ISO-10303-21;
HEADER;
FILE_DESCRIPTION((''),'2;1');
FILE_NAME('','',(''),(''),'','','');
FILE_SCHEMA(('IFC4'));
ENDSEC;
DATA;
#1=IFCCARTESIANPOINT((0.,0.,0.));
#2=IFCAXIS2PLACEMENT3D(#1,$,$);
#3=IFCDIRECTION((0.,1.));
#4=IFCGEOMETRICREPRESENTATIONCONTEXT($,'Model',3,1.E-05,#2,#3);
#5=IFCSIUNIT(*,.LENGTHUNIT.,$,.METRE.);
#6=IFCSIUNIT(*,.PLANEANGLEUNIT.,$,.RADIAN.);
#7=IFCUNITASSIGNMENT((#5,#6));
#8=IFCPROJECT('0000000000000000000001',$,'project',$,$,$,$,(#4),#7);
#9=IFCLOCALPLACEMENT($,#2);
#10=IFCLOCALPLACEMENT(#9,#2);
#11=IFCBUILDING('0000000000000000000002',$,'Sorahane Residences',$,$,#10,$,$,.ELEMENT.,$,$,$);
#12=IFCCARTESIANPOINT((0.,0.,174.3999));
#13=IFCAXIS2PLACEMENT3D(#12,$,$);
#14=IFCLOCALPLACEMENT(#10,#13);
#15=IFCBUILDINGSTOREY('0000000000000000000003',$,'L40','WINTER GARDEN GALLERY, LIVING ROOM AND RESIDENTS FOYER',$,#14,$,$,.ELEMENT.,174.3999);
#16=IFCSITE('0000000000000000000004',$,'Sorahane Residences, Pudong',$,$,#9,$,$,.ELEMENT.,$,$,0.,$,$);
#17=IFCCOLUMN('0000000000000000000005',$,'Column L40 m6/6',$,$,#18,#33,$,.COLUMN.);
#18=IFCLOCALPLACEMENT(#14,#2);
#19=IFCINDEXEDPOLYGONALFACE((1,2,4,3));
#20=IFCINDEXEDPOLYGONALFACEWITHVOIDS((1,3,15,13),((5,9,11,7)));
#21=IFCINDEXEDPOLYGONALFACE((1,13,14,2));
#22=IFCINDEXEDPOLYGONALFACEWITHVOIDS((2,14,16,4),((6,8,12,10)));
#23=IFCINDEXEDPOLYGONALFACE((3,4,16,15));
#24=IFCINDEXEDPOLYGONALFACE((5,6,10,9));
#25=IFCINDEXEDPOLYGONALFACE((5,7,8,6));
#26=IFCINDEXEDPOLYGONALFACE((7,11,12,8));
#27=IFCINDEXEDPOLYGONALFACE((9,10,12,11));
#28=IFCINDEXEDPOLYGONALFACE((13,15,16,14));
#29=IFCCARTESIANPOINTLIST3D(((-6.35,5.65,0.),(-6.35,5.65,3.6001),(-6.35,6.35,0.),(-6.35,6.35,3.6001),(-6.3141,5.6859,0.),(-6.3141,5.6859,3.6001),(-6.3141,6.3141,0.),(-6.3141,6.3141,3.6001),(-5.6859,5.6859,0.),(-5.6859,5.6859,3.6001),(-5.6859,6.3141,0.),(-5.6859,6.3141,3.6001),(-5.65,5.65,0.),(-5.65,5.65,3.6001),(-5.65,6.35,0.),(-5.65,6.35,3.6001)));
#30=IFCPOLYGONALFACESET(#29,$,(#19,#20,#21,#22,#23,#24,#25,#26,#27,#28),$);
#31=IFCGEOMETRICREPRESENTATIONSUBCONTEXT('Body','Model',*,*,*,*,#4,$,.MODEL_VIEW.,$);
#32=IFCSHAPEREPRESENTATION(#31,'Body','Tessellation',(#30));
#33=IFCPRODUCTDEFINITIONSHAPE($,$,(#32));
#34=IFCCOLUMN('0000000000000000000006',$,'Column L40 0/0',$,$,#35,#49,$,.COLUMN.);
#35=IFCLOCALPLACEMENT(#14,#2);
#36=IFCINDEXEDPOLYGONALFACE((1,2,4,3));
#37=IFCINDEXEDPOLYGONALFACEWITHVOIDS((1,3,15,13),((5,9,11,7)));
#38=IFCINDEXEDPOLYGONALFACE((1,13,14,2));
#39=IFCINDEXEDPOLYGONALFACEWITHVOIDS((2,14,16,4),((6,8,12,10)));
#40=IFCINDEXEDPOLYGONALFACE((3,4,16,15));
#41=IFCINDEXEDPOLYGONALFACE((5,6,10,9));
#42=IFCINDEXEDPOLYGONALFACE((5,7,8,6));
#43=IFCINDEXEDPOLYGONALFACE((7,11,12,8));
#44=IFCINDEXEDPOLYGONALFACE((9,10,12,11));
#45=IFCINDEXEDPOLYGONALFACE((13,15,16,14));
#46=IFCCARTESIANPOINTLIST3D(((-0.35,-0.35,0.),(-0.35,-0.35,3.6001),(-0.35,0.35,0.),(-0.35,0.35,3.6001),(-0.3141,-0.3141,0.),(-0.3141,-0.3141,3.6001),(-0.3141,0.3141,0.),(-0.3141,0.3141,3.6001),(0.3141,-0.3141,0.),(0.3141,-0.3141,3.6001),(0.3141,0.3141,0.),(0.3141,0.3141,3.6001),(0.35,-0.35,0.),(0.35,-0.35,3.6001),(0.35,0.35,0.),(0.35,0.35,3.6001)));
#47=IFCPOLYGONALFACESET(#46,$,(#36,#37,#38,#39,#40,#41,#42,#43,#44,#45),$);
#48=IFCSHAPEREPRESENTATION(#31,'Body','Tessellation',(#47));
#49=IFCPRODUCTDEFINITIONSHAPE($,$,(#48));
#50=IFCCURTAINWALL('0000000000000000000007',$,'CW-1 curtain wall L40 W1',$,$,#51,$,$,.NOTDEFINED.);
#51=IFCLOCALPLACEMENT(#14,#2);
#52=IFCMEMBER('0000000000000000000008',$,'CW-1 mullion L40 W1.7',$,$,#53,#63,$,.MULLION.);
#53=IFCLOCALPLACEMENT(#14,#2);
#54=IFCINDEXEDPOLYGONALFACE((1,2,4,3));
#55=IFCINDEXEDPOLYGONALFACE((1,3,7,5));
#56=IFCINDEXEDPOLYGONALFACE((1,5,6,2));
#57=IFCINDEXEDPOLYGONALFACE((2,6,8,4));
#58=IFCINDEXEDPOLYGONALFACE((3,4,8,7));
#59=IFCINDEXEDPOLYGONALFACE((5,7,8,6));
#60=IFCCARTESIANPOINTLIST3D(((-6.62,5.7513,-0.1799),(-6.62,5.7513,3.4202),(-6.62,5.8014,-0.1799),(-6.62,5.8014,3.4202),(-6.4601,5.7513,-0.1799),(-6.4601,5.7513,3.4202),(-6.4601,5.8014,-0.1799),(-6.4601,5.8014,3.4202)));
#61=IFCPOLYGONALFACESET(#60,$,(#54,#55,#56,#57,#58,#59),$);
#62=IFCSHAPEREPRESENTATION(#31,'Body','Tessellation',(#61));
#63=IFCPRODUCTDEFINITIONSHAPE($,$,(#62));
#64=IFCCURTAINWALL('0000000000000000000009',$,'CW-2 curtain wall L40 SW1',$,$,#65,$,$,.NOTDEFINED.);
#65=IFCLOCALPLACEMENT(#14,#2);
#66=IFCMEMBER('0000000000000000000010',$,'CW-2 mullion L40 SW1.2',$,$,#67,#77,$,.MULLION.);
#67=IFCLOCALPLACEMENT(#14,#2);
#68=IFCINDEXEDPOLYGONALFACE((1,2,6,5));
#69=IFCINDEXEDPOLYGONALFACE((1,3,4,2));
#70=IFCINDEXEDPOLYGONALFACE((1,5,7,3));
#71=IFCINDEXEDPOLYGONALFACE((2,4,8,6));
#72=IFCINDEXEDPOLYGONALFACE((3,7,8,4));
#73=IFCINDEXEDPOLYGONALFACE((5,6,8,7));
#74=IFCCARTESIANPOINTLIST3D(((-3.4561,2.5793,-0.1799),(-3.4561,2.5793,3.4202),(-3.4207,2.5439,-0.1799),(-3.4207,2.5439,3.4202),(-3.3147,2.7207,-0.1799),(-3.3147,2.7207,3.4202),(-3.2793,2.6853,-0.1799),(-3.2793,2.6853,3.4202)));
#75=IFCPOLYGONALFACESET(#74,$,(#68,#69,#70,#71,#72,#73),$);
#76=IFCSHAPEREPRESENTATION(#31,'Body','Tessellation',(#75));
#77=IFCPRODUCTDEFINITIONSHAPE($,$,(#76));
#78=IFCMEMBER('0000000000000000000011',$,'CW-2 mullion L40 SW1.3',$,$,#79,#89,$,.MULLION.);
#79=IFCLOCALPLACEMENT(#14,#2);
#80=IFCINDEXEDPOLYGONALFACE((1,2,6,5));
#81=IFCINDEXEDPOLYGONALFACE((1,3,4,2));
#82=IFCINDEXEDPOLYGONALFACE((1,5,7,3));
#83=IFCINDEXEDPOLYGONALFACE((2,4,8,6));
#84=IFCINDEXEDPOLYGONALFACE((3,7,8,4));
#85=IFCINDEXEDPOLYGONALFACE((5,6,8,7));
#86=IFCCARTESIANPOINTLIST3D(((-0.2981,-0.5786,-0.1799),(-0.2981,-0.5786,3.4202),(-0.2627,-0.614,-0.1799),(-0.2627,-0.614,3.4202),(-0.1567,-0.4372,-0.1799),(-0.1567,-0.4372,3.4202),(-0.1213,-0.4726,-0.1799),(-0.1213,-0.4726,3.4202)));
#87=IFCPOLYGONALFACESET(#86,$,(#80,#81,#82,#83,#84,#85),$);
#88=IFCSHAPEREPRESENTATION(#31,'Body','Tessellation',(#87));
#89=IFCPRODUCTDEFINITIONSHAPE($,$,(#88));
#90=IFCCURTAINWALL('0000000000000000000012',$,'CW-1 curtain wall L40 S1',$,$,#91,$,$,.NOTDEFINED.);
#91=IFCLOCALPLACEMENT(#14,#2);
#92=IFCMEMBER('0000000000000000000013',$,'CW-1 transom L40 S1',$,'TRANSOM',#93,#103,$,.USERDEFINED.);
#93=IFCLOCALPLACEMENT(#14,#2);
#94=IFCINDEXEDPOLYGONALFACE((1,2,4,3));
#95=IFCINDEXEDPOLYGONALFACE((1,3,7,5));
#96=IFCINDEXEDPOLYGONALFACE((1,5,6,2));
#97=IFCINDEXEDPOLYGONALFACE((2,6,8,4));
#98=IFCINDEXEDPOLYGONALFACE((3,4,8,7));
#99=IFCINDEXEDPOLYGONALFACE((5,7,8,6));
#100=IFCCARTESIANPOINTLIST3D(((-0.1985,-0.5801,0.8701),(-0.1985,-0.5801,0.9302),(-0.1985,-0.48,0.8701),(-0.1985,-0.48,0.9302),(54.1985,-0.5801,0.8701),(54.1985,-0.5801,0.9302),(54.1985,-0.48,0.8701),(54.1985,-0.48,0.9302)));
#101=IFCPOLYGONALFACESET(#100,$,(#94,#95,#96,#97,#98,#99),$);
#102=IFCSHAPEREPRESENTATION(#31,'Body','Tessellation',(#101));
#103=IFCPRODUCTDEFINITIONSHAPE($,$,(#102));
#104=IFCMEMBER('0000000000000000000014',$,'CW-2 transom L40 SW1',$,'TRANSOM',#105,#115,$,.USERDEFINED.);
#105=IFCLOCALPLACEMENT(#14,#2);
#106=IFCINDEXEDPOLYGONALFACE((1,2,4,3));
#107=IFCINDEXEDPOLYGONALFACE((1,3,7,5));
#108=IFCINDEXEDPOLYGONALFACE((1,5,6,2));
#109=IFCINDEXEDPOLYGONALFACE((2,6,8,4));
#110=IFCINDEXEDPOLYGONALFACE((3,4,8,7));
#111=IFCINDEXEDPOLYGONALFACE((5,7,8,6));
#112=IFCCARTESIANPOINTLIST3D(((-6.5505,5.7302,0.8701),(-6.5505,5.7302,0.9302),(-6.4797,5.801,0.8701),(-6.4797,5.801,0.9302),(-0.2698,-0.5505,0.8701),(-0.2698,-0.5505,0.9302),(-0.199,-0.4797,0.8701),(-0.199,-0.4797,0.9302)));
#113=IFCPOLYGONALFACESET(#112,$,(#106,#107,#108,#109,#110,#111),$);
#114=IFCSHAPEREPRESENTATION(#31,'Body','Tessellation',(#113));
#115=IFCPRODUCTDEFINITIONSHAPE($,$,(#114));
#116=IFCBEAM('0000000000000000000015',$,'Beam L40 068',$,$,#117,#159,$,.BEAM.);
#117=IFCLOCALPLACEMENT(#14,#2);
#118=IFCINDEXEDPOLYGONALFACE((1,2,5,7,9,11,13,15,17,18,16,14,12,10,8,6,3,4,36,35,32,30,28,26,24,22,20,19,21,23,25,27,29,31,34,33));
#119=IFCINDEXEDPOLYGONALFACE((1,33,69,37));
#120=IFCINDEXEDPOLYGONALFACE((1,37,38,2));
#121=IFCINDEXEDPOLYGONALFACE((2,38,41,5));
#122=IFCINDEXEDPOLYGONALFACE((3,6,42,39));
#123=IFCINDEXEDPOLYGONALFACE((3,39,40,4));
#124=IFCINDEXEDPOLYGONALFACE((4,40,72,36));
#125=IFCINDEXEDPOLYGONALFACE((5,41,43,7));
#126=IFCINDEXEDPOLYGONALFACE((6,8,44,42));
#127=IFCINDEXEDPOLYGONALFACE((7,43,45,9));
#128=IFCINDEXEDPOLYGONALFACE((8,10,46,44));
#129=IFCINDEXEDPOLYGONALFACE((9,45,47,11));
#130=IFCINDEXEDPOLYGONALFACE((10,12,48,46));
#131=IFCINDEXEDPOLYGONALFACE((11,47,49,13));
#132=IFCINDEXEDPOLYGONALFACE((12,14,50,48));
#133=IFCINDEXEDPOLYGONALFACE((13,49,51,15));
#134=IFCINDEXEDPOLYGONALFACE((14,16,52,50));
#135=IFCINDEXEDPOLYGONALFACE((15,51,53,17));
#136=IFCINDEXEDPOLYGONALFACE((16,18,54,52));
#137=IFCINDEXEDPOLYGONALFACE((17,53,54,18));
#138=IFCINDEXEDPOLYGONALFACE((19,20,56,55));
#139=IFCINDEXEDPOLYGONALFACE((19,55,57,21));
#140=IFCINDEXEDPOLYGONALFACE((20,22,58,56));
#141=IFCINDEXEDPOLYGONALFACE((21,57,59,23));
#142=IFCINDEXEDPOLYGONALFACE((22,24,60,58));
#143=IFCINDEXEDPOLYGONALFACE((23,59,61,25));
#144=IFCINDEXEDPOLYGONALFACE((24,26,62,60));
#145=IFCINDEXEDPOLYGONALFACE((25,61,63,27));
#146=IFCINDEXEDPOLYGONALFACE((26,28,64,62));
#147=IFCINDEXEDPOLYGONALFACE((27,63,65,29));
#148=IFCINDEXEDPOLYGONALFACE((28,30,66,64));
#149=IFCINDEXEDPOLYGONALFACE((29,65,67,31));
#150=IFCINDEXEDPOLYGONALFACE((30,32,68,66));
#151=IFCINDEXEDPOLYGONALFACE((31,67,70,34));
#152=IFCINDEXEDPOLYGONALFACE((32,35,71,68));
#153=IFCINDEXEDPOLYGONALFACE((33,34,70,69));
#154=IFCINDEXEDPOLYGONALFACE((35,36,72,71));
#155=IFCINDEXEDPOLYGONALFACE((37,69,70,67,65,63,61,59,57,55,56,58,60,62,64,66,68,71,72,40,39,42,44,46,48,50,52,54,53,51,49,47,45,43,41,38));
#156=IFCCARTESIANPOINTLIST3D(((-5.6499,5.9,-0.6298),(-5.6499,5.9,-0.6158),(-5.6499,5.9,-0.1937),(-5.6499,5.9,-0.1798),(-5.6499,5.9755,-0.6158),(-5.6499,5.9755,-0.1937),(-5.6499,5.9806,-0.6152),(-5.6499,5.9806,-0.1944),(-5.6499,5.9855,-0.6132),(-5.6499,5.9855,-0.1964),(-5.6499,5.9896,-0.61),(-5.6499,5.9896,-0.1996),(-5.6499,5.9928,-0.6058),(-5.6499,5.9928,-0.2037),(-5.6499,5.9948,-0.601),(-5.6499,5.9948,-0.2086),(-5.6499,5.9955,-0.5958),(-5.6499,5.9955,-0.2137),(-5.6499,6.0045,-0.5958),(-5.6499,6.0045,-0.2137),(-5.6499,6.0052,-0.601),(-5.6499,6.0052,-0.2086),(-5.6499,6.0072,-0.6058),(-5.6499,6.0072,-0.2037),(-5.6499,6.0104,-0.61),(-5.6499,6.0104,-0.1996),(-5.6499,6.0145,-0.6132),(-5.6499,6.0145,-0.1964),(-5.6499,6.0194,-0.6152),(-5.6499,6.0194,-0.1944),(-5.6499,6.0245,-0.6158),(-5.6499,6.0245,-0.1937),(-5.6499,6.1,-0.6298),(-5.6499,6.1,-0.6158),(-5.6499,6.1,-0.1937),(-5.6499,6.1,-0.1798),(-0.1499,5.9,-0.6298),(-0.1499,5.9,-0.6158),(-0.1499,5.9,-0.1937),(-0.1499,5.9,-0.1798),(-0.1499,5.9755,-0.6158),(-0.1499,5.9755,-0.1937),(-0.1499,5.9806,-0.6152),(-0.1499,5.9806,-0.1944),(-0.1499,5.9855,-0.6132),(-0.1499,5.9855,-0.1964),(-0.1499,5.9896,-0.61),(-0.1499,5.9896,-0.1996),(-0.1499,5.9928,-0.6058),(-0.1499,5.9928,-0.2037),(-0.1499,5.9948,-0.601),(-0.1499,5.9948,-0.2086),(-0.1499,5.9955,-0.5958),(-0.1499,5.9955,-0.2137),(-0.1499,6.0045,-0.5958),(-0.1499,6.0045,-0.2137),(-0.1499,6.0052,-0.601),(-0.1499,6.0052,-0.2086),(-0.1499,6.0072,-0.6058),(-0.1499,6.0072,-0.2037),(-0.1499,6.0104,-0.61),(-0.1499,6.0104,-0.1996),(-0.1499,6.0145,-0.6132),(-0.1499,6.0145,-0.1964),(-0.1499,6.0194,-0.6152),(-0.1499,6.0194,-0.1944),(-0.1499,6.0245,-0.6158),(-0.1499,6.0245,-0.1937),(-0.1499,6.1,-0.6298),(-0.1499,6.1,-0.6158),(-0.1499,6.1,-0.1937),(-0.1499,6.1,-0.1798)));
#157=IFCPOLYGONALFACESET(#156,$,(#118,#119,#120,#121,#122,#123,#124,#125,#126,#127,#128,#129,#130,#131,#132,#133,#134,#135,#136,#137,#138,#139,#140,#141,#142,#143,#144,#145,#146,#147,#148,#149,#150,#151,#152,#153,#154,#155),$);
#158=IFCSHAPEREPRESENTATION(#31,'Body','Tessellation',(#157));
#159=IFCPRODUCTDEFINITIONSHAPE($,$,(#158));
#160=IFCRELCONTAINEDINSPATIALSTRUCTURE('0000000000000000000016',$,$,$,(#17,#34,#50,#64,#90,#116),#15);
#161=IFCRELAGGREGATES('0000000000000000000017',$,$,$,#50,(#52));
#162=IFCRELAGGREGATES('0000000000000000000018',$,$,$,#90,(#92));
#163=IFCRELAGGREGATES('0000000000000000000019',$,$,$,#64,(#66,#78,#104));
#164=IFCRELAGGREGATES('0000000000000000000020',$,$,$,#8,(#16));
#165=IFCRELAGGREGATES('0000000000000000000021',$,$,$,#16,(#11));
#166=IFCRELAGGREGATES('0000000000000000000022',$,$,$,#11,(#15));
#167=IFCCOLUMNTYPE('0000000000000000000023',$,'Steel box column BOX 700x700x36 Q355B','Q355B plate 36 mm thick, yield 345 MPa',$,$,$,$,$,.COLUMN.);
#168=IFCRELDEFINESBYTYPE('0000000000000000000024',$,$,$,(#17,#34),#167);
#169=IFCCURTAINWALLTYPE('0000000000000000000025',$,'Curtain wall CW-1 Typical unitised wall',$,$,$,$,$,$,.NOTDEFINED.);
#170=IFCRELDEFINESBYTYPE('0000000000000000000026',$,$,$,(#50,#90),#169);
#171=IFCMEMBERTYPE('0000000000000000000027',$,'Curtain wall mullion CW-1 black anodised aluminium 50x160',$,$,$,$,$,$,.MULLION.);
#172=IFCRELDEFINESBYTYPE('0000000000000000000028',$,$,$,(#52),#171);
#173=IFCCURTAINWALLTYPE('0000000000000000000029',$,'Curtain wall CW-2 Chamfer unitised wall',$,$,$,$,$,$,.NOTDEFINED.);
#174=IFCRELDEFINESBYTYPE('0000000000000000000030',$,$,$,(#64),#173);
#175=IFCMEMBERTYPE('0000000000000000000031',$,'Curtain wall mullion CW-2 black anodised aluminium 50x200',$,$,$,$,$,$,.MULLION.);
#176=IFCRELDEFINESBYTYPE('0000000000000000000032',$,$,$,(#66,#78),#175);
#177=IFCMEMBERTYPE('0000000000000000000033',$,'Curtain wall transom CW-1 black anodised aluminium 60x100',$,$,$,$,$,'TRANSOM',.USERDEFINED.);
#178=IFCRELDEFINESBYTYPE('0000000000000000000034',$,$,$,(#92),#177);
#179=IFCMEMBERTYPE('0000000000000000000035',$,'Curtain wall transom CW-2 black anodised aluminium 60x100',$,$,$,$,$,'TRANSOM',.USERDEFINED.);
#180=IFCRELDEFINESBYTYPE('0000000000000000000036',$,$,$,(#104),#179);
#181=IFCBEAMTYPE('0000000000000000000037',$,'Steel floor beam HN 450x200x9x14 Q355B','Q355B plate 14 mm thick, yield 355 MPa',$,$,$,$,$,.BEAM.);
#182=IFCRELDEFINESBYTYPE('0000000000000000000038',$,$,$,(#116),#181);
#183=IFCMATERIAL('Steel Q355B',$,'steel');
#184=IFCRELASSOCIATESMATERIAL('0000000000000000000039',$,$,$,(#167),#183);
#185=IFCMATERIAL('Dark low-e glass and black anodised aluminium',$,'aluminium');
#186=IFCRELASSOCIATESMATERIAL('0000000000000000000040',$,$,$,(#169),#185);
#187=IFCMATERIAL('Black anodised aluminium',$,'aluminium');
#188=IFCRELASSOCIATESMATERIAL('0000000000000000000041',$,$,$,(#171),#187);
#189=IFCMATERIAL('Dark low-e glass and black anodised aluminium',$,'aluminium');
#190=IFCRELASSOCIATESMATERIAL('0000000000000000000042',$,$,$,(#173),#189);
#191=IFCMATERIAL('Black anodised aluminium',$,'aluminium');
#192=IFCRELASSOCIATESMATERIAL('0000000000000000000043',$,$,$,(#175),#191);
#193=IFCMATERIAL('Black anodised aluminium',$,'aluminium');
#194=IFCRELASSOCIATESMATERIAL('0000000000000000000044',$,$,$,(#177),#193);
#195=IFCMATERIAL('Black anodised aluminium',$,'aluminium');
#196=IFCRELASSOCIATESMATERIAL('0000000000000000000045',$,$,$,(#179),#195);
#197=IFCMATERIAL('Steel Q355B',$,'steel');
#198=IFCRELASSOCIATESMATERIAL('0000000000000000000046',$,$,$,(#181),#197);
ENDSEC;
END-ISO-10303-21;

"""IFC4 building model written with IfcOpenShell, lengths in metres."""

from ifc_helpers import new_model, si_unit, direction, frame, origin, origin_2d, place, context, subcontext, project, spatial, rectangle, hollow_rectangle, i_section, extrude, material, material_profile, profile_set, type_object, element, aggregate, save


model = new_model("IFC4")

# Units and contexts
model_context = context("Model", 3, precision=1e-05, world=origin(), true_north=direction((0.0, 1.0)))
body_context = subcontext(model_context, "Body", "Model", "MODEL_VIEW")
ifc_project = project(units=[si_unit("LENGTHUNIT", "METRE"), si_unit("PLANEANGLEUNIT", "RADIAN")], contexts=[model_context])

# Site, building, storey
site_placement = place(None, origin())
site = spatial("IfcSite", under=ifc_project, at=site_placement, Name="Sorahane Residences, Pudong", CompositionType="ELEMENT", RefElevation=0.0)
building_placement = place(site_placement, origin())
building = spatial("IfcBuilding", under=site, at=building_placement, Name="Sorahane Residences", CompositionType="ELEMENT")
storey_placement = place(building_placement, frame((0.0, 0.0, 174.3999)))
storey = spatial("IfcBuildingStorey", under=building, at=storey_placement, Name="L40", Description="WINTER GARDEN GALLERY, LIVING ROOM AND RESIDENTS FOYER", CompositionType="ELEMENT", Elevation=174.3999)

# Columns
ifc_material_1 = material(Name="Steel Q355B", Category="steel")
ifc_material_profile_1 = material_profile(ifc_material_1, hollow_rectangle(XDim=0.7, YDim=0.7, WallThickness=0.0359, at=origin_2d()), Name="BOX 700x700x36")
ifc_profile_set_1 = profile_set([ifc_material_profile_1], Name="Steel Q355B")
column_type = type_object("IfcColumnType", Name="Steel box column BOX 700x700x36 Q355B", Description="Q355B plate 36 mm thick, yield 345 MPa", PredefinedType="COLUMN", material=ifc_profile_set_1)
for number, where, z_axis, x_axis, name in (
    (1, (-6.0, 6.0, 0.0), (0.0, 0.0, 1.0), (1.0, 0.0, 0.0), "Column L40 m6/6"),
    (2, (0.0, 0.0, 0.0), (0.0, 0.0, 1.0), (1.0, 0.0, 0.0), "Column L40 0/0"),
):
    element("IfcColumn", number, at=place(storey_placement, frame(where, z_axis=z_axis, x_axis=x_axis)), inside=storey, type_object=column_type, Name=name, PredefinedType="COLUMN", context=body_context, shape_type="SweptSolid", body=[
        extrude(hollow_rectangle(XDim=0.7, YDim=0.7, WallThickness=0.0359, at=origin_2d()), origin(), (0.0, 0.0, 1.0), 3.6001),
    ])

# Curtain wall, member
ifc_material_2 = material(Name="Dark low-e glass and black anodised aluminium", Category="aluminium")
curtain_wall_type_1 = type_object("IfcCurtainWallType", Name="Curtain wall CW-1 Typical unitised wall", PredefinedType="NOTDEFINED", material=ifc_material_2)
curtain_wall_1_placement = place(storey_placement, origin())
curtain_wall_1 = element("IfcCurtainWall", 3, at=curtain_wall_1_placement, inside=storey, type_object=curtain_wall_type_1, Name="CW-1 curtain wall L40 W1", PredefinedType="NOTDEFINED")
ifc_material_3 = material(Name="Black anodised aluminium", Category="aluminium")
ifc_material_profile_2 = material_profile(ifc_material_3, rectangle(XDim=0.1599, YDim=0.05, at=origin_2d()), Name="Curtain wall mullion CW-1 black anodised aluminium 50x160")
ifc_profile_set_2 = profile_set([ifc_material_profile_2], Name="Black anodised aluminium")
member_type_1 = type_object("IfcMemberType", Name="Curtain wall mullion CW-1 black anodised aluminium 50x160", PredefinedType="MULLION", material=ifc_profile_set_2)
member_1_placement = place(storey_placement, frame((-6.54, 5.7764, -0.1799), z_axis=(0.0, 0.0, 1.0), x_axis=(-1.0, 0.0, 0.0)))
member_1 = element("IfcMember", 4, at=member_1_placement, type_object=member_type_1, Name="CW-1 mullion L40 W1.7", PredefinedType="MULLION", context=body_context, shape_type="SweptSolid", body=[
    extrude(rectangle(XDim=0.1599, YDim=0.05, at=origin_2d()), origin(), (0.0, 0.0, 1.0), 3.6001),
])
aggregate(curtain_wall_1, [member_1])

# Curtain wall, members
ifc_material_4 = material(Name="Dark low-e glass and black anodised aluminium", Category="aluminium")
curtain_wall_type_2 = type_object("IfcCurtainWallType", Name="Curtain wall CW-2 Chamfer unitised wall", PredefinedType="NOTDEFINED", material=ifc_material_4)
curtain_wall_2_placement = place(storey_placement, origin())
curtain_wall_2 = element("IfcCurtainWall", 5, at=curtain_wall_2_placement, inside=storey, type_object=curtain_wall_type_2, Name="CW-2 curtain wall L40 SW1", PredefinedType="NOTDEFINED")
ifc_material_5 = material(Name="Black anodised aluminium", Category="aluminium")
ifc_material_profile_3 = material_profile(ifc_material_5, rectangle(XDim=0.2, YDim=0.05, at=origin_2d()), Name="Curtain wall mullion CW-2 black anodised aluminium 50x200")
ifc_profile_set_3 = profile_set([ifc_material_profile_3], Name="Black anodised aluminium")
member_type_2 = type_object("IfcMemberType", Name="Curtain wall mullion CW-2 black anodised aluminium 50x200", PredefinedType="MULLION", material=ifc_profile_set_3)
member_2_placement = place(storey_placement, frame((-3.3677, 2.6323, -0.1799), z_axis=(0.0, 0.0, 1.0), x_axis=(-0.707107, -0.707107, 0.0)))
member_2 = element("IfcMember", 6, at=member_2_placement, type_object=member_type_2, Name="CW-2 mullion L40 SW1.2", PredefinedType="MULLION", context=body_context, shape_type="SweptSolid", body=[
    extrude(rectangle(XDim=0.2, YDim=0.05, at=origin_2d()), origin(), (0.0, 0.0, 1.0), 3.6001),
])
member_3_placement = place(storey_placement, frame((-0.2097, -0.5256, -0.1799), z_axis=(0.0, 0.0, 1.0), x_axis=(-0.707107, -0.707107, 0.0)))
member_3 = element("IfcMember", 7, at=member_3_placement, type_object=member_type_2, Name="CW-2 mullion L40 SW1.3", PredefinedType="MULLION", context=body_context, shape_type="SweptSolid", body=[
    extrude(rectangle(XDim=0.2, YDim=0.05, at=origin_2d()), origin(), (0.0, 0.0, 1.0), 3.6001),
])

# Curtain wall, member
curtain_wall_3_placement = place(storey_placement, origin())
curtain_wall_3 = element("IfcCurtainWall", 8, at=curtain_wall_3_placement, inside=storey, type_object=curtain_wall_type_1, Name="CW-1 curtain wall L40 S1", PredefinedType="NOTDEFINED")
ifc_material_6 = material(Name="Black anodised aluminium", Category="aluminium")
ifc_material_profile_4 = material_profile(ifc_material_6, rectangle(XDim=0.1001, YDim=0.0601, at=origin_2d()), Name="Curtain wall transom CW-1 black anodised aluminium 60x100")
ifc_profile_set_4 = profile_set([ifc_material_profile_4], Name="Black anodised aluminium")
member_type_3 = type_object("IfcMemberType", Name="Curtain wall transom CW-1 black anodised aluminium 60x100", ElementType="TRANSOM", PredefinedType="USERDEFINED", material=ifc_profile_set_4)
member_4_placement = place(storey_placement, frame((-0.1985, -0.53, 0.9001), z_axis=(1.0, 0.0, 0.0), x_axis=(0.0, 1.0, 0.0)))
member_4 = element("IfcMember", 9, at=member_4_placement, type_object=member_type_3, Name="CW-1 transom L40 S1", ObjectType="TRANSOM", PredefinedType="USERDEFINED", context=body_context, shape_type="SweptSolid", body=[
    extrude(rectangle(XDim=0.1001, YDim=0.0601, at=origin_2d()), origin(), (0.0, 0.0, 1.0), 54.397),
])

# Member
ifc_material_7 = material(Name="Black anodised aluminium", Category="aluminium")
ifc_material_profile_5 = material_profile(ifc_material_7, rectangle(XDim=0.1001, YDim=0.0601, at=origin_2d()), Name="Curtain wall transom CW-2 black anodised aluminium 60x100")
ifc_profile_set_5 = profile_set([ifc_material_profile_5], Name="Black anodised aluminium")
member_type_4 = type_object("IfcMemberType", Name="Curtain wall transom CW-2 black anodised aluminium 60x100", ElementType="TRANSOM", PredefinedType="USERDEFINED", material=ifc_profile_set_5)
member_5_placement = place(storey_placement, frame((-6.5151, 5.7656, 0.9001), z_axis=(0.707107, -0.707107, 0.0), x_axis=(0.707107, 0.707107, 0.0)))
member_5 = element("IfcMember", 10, at=member_5_placement, type_object=member_type_4, Name="CW-2 transom L40 SW1", ObjectType="TRANSOM", PredefinedType="USERDEFINED", context=body_context, shape_type="SweptSolid", body=[
    extrude(rectangle(XDim=0.1001, YDim=0.0601, at=origin_2d()), origin(), (0.0, 0.0, 1.0), 8.8823),
])

# Beam
ifc_material_8 = material(Name="Steel Q355B", Category="steel")
ifc_material_profile_6 = material_profile(ifc_material_8, i_section(OverallWidth=0.2, OverallDepth=0.45, WebThickness=0.009, FlangeThickness=0.0139, FilletRadius=0.02, at=origin_2d()), Name="HN 450x200x9x14")
ifc_profile_set_6 = profile_set([ifc_material_profile_6], Name="Steel Q355B")
beam_type_1 = type_object("IfcBeamType", Name="Steel floor beam HN 450x200x9x14 Q355B", Description="Q355B plate 14 mm thick, yield 355 MPa", PredefinedType="BEAM", material=ifc_profile_set_6)
beam_1_placement = place(storey_placement, frame((-5.6499, 6.0, -0.4048), z_axis=(1.0, 0.0, 0.0), x_axis=(0.0, 1.0, 0.0)))
element("IfcBeam", 11, at=beam_1_placement, inside=storey, type_object=beam_type_1, Name="Beam L40 068", PredefinedType="BEAM", context=body_context, shape_type="SweptSolid", body=[
    extrude(i_section(OverallWidth=0.2, OverallDepth=0.45, WebThickness=0.009, FlangeThickness=0.0139, FilletRadius=0.02, at=origin_2d()), origin(), (0.0, 0.0, 1.0), 5.5),
])

aggregate(curtain_wall_3, [member_4])
aggregate(curtain_wall_2, [member_2, member_3, member_5])

save(model, "model.ifc")
